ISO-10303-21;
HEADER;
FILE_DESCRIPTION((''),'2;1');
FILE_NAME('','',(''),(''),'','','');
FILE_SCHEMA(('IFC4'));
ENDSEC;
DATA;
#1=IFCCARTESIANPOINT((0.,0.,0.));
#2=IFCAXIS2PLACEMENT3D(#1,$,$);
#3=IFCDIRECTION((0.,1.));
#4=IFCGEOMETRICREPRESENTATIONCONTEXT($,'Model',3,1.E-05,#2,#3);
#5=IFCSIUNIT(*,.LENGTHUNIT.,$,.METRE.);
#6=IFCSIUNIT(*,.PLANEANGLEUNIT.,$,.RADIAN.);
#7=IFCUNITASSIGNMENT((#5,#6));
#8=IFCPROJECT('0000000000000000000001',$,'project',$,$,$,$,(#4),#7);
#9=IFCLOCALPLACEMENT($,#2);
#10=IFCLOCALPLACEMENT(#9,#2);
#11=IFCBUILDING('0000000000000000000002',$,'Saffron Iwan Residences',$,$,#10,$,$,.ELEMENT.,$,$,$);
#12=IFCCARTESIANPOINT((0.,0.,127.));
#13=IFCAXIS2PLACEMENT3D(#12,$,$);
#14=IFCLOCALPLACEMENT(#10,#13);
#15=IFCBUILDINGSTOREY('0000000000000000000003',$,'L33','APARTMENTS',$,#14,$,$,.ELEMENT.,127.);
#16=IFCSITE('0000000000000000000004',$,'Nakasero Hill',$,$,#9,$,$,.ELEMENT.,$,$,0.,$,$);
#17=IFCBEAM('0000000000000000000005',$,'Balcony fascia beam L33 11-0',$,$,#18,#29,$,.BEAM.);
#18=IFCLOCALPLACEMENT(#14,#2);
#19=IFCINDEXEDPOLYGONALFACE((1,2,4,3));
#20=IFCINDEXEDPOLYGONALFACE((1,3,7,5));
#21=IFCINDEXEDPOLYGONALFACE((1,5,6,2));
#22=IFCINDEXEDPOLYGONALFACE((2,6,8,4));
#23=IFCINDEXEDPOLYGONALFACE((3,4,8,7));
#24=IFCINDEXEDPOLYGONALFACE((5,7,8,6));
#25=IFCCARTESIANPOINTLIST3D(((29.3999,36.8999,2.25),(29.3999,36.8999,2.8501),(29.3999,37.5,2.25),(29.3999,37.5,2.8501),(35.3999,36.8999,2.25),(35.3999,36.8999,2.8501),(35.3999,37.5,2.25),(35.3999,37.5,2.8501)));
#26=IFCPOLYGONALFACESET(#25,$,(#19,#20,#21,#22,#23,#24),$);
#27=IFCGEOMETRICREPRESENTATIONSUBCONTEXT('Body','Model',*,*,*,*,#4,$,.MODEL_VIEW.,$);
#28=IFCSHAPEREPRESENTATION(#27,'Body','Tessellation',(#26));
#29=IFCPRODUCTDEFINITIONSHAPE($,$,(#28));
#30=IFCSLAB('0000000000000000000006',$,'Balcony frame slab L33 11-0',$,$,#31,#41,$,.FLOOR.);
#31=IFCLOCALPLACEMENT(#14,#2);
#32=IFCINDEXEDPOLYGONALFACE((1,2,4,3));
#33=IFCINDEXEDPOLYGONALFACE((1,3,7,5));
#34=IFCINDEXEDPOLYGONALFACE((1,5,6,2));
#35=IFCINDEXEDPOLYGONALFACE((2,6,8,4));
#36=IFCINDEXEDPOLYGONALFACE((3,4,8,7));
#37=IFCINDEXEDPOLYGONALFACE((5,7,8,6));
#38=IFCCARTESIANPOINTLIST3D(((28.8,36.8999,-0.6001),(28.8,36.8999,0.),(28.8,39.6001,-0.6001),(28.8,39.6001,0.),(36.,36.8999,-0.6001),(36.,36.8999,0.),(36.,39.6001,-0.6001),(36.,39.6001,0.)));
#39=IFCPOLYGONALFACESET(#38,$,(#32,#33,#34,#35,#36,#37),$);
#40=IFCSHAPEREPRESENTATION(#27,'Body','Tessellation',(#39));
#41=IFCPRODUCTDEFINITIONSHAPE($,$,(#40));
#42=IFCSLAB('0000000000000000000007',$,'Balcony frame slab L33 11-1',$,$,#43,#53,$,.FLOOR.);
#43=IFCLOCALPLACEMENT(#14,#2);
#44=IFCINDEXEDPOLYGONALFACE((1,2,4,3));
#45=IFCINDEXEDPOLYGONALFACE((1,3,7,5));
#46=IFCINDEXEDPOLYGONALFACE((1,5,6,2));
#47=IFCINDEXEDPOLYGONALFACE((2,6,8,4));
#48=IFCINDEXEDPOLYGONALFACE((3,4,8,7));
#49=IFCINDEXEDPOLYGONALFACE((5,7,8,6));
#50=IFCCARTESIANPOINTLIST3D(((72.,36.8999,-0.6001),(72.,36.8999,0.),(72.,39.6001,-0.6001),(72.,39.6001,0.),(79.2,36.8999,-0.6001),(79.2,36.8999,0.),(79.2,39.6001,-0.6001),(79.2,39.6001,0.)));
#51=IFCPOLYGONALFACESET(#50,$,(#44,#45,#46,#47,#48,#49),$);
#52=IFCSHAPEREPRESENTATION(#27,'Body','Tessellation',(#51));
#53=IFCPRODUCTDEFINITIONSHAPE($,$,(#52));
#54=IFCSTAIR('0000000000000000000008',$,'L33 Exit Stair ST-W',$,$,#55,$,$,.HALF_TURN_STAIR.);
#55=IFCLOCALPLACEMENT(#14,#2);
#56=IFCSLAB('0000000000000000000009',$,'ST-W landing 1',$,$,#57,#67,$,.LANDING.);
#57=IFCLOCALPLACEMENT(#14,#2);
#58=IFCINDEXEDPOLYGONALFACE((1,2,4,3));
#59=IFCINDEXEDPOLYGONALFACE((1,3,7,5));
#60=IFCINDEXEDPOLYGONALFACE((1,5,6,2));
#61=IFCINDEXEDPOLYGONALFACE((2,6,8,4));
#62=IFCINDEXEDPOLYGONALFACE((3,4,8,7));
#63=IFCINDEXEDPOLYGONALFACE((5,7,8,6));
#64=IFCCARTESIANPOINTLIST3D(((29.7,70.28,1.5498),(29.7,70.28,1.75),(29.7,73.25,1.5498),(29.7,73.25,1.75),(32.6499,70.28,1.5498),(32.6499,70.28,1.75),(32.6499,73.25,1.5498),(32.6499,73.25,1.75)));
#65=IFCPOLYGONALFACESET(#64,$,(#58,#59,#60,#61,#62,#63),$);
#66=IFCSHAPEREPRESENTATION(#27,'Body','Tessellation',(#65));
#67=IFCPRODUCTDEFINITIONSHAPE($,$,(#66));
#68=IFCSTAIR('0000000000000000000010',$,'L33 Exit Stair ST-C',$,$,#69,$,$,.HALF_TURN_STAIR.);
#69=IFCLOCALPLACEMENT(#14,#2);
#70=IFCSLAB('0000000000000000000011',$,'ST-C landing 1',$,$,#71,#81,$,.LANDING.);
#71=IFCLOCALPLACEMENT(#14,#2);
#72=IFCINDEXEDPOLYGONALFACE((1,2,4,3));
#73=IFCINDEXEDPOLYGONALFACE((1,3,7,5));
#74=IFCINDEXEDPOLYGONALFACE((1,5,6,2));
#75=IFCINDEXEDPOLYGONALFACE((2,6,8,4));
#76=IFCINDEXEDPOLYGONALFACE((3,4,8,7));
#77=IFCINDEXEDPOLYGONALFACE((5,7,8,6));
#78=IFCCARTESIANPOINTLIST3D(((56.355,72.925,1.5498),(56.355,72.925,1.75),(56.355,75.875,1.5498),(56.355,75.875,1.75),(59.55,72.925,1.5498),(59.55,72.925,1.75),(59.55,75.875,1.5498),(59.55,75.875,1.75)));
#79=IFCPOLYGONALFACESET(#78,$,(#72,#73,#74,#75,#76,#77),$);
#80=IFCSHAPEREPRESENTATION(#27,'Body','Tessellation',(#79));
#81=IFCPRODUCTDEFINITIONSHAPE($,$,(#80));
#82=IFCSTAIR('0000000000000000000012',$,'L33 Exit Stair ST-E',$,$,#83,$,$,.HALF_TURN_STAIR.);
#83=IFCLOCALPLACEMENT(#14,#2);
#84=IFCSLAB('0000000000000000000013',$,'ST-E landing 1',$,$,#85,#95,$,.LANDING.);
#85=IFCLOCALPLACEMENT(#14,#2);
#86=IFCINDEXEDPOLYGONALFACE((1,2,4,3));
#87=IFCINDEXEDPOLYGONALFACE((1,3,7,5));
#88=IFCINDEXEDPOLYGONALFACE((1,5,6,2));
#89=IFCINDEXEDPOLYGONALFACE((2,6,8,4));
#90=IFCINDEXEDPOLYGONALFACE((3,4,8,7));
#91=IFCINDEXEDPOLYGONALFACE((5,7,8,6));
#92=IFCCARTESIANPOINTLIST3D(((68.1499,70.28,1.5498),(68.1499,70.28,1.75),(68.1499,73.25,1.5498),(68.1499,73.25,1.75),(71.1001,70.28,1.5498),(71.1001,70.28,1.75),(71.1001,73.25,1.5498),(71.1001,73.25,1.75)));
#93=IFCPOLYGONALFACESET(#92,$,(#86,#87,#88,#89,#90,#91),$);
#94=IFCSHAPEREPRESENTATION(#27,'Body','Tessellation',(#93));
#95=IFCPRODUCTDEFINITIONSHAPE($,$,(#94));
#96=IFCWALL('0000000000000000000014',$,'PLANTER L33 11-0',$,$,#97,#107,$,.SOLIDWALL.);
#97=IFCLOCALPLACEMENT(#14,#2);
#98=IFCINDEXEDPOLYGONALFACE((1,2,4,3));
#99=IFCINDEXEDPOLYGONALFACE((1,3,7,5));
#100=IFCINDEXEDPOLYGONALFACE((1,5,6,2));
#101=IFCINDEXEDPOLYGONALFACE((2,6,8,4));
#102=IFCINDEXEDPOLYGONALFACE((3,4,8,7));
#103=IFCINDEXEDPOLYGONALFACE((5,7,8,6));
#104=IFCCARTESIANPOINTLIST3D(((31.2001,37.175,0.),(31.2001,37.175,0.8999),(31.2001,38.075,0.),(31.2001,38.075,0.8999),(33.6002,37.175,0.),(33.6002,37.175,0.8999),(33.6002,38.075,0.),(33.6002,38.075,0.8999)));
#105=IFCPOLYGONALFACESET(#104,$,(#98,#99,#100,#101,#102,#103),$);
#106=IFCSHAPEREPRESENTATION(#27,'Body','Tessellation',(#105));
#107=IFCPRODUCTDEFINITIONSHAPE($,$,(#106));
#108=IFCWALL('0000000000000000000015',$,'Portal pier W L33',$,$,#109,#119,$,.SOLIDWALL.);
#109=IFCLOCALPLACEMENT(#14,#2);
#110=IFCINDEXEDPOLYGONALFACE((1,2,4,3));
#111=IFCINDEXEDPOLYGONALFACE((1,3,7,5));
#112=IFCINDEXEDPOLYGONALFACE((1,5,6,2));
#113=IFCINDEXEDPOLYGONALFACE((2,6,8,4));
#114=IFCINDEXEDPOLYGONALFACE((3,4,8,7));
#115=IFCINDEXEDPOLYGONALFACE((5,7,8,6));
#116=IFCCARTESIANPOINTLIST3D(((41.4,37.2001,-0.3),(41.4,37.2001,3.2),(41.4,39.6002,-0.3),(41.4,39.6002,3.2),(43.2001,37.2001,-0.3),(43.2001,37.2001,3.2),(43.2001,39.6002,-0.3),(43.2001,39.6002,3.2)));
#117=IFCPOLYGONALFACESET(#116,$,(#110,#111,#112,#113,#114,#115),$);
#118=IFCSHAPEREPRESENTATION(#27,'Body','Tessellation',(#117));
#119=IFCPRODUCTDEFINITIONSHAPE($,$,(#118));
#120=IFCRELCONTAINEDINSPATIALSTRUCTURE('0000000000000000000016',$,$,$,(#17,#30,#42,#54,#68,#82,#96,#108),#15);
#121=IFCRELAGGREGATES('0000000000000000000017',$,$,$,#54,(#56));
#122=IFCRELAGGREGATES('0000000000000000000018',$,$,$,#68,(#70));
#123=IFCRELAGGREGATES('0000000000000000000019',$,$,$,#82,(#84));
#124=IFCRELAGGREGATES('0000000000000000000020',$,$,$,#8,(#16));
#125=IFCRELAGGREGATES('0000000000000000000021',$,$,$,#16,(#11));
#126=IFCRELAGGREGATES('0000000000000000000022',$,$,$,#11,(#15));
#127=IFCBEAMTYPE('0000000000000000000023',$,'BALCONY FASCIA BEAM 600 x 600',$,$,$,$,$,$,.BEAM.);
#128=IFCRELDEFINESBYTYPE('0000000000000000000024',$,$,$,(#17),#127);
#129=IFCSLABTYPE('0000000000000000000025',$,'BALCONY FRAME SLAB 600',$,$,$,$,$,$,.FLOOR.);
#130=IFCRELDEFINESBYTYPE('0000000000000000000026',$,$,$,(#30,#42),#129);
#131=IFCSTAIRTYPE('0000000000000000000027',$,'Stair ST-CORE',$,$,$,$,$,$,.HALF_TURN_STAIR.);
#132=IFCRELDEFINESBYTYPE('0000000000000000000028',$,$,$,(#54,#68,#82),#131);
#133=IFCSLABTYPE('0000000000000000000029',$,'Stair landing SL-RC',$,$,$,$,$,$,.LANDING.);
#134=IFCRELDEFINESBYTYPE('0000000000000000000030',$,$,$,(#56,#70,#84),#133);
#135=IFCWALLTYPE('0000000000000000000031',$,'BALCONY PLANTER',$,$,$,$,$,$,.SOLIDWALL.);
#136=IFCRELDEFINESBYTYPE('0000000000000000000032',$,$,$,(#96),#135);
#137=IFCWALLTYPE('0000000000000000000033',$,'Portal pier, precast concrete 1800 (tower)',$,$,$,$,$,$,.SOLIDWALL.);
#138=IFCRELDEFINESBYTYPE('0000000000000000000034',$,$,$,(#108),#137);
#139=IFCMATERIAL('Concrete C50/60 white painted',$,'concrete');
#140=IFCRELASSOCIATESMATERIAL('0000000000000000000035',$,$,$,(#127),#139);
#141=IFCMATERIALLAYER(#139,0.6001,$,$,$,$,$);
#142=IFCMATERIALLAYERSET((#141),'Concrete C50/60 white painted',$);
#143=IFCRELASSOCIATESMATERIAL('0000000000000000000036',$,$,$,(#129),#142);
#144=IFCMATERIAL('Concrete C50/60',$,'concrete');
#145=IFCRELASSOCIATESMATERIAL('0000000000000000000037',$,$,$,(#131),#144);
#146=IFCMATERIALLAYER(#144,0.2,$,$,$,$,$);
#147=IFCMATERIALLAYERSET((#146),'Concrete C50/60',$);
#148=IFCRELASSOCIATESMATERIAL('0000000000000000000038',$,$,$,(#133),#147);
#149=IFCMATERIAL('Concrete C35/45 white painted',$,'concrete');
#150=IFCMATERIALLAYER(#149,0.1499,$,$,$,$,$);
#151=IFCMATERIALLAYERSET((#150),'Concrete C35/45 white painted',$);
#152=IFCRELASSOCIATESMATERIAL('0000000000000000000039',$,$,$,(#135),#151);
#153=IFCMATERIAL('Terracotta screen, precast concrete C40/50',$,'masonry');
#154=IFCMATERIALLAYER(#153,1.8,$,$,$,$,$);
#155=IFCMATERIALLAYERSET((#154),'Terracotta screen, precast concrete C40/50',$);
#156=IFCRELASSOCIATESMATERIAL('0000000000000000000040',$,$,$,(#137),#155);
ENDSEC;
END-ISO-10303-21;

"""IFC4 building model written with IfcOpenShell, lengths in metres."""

from ifc_helpers import new_model, si_unit, direction, frame, frame_2d, origin, origin_2d, place, context, subcontext, project, spatial, polyline, rectangle, outline, extrude, source, transform, mapped, material, layer, layer_set, material_profile, profile_set, type_object, element, aggregate, save


model = new_model("IFC4")

# Units and contexts
model_context = context("Model", 3, precision=1e-05, world=origin(), true_north=direction((0.0, 1.0)))
body_context = subcontext(model_context, "Body", "Model", "MODEL_VIEW")
ifc_project = project(units=[si_unit("LENGTHUNIT", "METRE"), si_unit("PLANEANGLEUNIT", "RADIAN")], contexts=[model_context])

# Site, building, storey
site_placement = place(None, origin())
site = spatial("IfcSite", under=ifc_project, at=site_placement, Name="Nakasero Hill", CompositionType="ELEMENT", RefElevation=0.0)
building_placement = place(site_placement, origin())
building = spatial("IfcBuilding", under=site, at=building_placement, Name="Saffron Iwan Residences", CompositionType="ELEMENT")
storey_placement = place(building_placement, frame((0.0, 0.0, 127.0)))
storey = spatial("IfcBuildingStorey", under=building, at=storey_placement, Name="L33", Description="APARTMENTS", CompositionType="ELEMENT", Elevation=127.0)

# Beam
ifc_material_1 = material(Name="Concrete C50/60 white painted", Category="concrete")
ifc_material_profile = material_profile(ifc_material_1, rectangle(XDim=0.6001, YDim=0.6001, at=origin_2d()), Name="BALCONY FASCIA BEAM 600 x 600")
ifc_profile_set = profile_set([ifc_material_profile], Name="Concrete C50/60 white painted")
beam_type = type_object("IfcBeamType", Name="BALCONY FASCIA BEAM 600 x 600", PredefinedType="BEAM", material=ifc_profile_set)
shared_shape = source(origin(), body_context, "Body", "SweptSolid", [
    extrude(rectangle(XDim=0.6001, YDim=0.6001, at=origin_2d()), origin(), (0.0, 0.0, 1.0), 6.0),
])
beam_placement = place(storey_placement, frame((29.3999, 37.2, 2.55), z_axis=(1.0, 0.0, 0.0), x_axis=(0.0, 1.0, 0.0)))
element("IfcBeam", 1, at=beam_placement, inside=storey, type_object=beam_type, Name="Balcony fascia beam L33 11-0", PredefinedType="BEAM", context=body_context, shape_type="MappedRepresentation", body=[
    mapped(shared_shape, transform((0.0, 0.0, 0.0))),
])

# Slabs
ifc_layer_1 = layer(ifc_material_1, 0.6001)
ifc_layer_set_1 = layer_set([ifc_layer_1], Name="Concrete C50/60 white painted")
slab_type_1 = type_object("IfcSlabType", Name="BALCONY FRAME SLAB 600", PredefinedType="FLOOR", material=ifc_layer_set_1)
slab_1_placement = place(storey_placement, frame((0.0, 0.0, -0.6001)))
element("IfcSlab", 2, at=slab_1_placement, inside=storey, type_object=slab_type_1, Name="Balcony frame slab L33 11-0", PredefinedType="FLOOR", context=body_context, shape_type="SweptSolid", body=[
    extrude(outline(polyline([(28.8, 36.8999), (36.0, 36.8999), (36.0, 39.6001), (28.8, 39.6001), (28.8, 36.8999)])), origin(), (0.0, 0.0, 1.0), 0.6001),
])
slab_2_placement = place(storey_placement, frame((0.0, 0.0, -0.6001)))
element("IfcSlab", 3, at=slab_2_placement, inside=storey, type_object=slab_type_1, Name="Balcony frame slab L33 11-1", PredefinedType="FLOOR", context=body_context, shape_type="SweptSolid", body=[
    extrude(outline(polyline([(72.0, 36.8999), (79.2, 36.8999), (79.2, 39.6001), (72.0, 39.6001), (72.0, 36.8999)])), origin(), (0.0, 0.0, 1.0), 0.6001),
])

# Stairs, slabs
ifc_material_2 = material(Name="Concrete C50/60", Category="concrete")
stair_type = type_object("IfcStairType", Name="Stair ST-CORE", PredefinedType="HALF_TURN_STAIR", material=ifc_material_2)
stair_1_placement = place(storey_placement, origin())
stair_1 = element("IfcStair", 4, at=stair_1_placement, inside=storey, type_object=stair_type, Name="L33 Exit Stair ST-W", PredefinedType="HALF_TURN_STAIR")
ifc_layer_2 = layer(ifc_material_2, 0.2)
ifc_layer_set_2 = layer_set([ifc_layer_2], Name="Concrete C50/60")
slab_type_2 = type_object("IfcSlabType", Name="Stair landing SL-RC", PredefinedType="LANDING", material=ifc_layer_set_2)
slab_3_placement = place(storey_placement, frame((0.0, 0.0, 1.5498)))
slab_3 = element("IfcSlab", 5, at=slab_3_placement, type_object=slab_type_2, Name="ST-W landing 1", PredefinedType="LANDING", context=body_context, shape_type="SweptSolid", body=[
    extrude(outline(polyline([(32.6499, 70.28), (32.6499, 73.25), (29.7, 73.25), (29.7, 70.28), (32.6499, 70.28)])), origin(), (0.0, 0.0, 1.0), 0.2002),
])
aggregate(stair_1, [slab_3])
stair_2_placement = place(storey_placement, origin())
stair_2 = element("IfcStair", 6, at=stair_2_placement, inside=storey, type_object=stair_type, Name="L33 Exit Stair ST-C", PredefinedType="HALF_TURN_STAIR")
slab_4_placement = place(storey_placement, frame((0.0, 0.0, 1.5498)))
slab_4 = element("IfcSlab", 7, at=slab_4_placement, type_object=slab_type_2, Name="ST-C landing 1", PredefinedType="LANDING", context=body_context, shape_type="SweptSolid", body=[
    extrude(outline(polyline([(56.355, 72.925), (59.55, 72.925), (59.55, 75.875), (56.355, 75.875), (56.355, 72.925)])), origin(), (0.0, 0.0, 1.0), 0.2002),
])
aggregate(stair_2, [slab_4])
stair_3_placement = place(storey_placement, origin())
stair_3 = element("IfcStair", 8, at=stair_3_placement, inside=storey, type_object=stair_type, Name="L33 Exit Stair ST-E", PredefinedType="HALF_TURN_STAIR")
slab_5_placement = place(storey_placement, frame((0.0, 0.0, 1.5498)))
slab_5 = element("IfcSlab", 9, at=slab_5_placement, type_object=slab_type_2, Name="ST-E landing 1", PredefinedType="LANDING", context=body_context, shape_type="SweptSolid", body=[
    extrude(outline(polyline([(71.1001, 70.28), (71.1001, 73.25), (68.1499, 73.25), (68.1499, 70.28), (71.1001, 70.28)])), origin(), (0.0, 0.0, 1.0), 0.2002),
])
aggregate(stair_3, [slab_5])

# Walls
ifc_material_3 = material(Name="Concrete C35/45 white painted", Category="concrete")
ifc_layer_3 = layer(ifc_material_3, 0.1499)
ifc_layer_set_3 = layer_set([ifc_layer_3], Name="Concrete C35/45 white painted")
wall_type_1 = type_object("IfcWallType", Name="BALCONY PLANTER", PredefinedType="SOLIDWALL", material=ifc_layer_set_3)
wall_1_placement = place(storey_placement, frame((31.2, 37.625, 0.0), z_axis=(0.0, 0.0, 1.0), x_axis=(1.0, 0.0, 0.0)))
element("IfcWall", 10, at=wall_1_placement, inside=storey, type_object=wall_type_1, Name="PLANTER L33 11-0", PredefinedType="SOLIDWALL", context=body_context, shape_type="SweptSolid", body=[
    extrude(rectangle(XDim=2.4001, YDim=0.8999, at=frame_2d((1.2002, 0.0))), origin(), (0.0, 0.0, 1.0), 0.8999),
])
ifc_material_4 = material(Name="Terracotta screen, precast concrete C40/50", Category="masonry")
ifc_layer_4 = layer(ifc_material_4, 1.8)
ifc_layer_set_4 = layer_set([ifc_layer_4], Name="Terracotta screen, precast concrete C40/50")
wall_type_2 = type_object("IfcWallType", Name="Portal pier, precast concrete 1800 (tower)", PredefinedType="SOLIDWALL", material=ifc_layer_set_4)
wall_2_placement = place(storey_placement, frame((42.3, 37.2, -0.3), z_axis=(0.0, 0.0, 1.0), x_axis=(0.0, 1.0, 0.0)))
element("IfcWall", 11, at=wall_2_placement, inside=storey, type_object=wall_type_2, Name="Portal pier W L33", PredefinedType="SOLIDWALL", context=body_context, shape_type="SweptSolid", body=[
    extrude(rectangle(XDim=2.4001, YDim=1.8, at=frame_2d((1.2002, 0.0))), origin(), (0.0, 0.0, 1.0), 3.5),
])

save(model, "model.ifc")
